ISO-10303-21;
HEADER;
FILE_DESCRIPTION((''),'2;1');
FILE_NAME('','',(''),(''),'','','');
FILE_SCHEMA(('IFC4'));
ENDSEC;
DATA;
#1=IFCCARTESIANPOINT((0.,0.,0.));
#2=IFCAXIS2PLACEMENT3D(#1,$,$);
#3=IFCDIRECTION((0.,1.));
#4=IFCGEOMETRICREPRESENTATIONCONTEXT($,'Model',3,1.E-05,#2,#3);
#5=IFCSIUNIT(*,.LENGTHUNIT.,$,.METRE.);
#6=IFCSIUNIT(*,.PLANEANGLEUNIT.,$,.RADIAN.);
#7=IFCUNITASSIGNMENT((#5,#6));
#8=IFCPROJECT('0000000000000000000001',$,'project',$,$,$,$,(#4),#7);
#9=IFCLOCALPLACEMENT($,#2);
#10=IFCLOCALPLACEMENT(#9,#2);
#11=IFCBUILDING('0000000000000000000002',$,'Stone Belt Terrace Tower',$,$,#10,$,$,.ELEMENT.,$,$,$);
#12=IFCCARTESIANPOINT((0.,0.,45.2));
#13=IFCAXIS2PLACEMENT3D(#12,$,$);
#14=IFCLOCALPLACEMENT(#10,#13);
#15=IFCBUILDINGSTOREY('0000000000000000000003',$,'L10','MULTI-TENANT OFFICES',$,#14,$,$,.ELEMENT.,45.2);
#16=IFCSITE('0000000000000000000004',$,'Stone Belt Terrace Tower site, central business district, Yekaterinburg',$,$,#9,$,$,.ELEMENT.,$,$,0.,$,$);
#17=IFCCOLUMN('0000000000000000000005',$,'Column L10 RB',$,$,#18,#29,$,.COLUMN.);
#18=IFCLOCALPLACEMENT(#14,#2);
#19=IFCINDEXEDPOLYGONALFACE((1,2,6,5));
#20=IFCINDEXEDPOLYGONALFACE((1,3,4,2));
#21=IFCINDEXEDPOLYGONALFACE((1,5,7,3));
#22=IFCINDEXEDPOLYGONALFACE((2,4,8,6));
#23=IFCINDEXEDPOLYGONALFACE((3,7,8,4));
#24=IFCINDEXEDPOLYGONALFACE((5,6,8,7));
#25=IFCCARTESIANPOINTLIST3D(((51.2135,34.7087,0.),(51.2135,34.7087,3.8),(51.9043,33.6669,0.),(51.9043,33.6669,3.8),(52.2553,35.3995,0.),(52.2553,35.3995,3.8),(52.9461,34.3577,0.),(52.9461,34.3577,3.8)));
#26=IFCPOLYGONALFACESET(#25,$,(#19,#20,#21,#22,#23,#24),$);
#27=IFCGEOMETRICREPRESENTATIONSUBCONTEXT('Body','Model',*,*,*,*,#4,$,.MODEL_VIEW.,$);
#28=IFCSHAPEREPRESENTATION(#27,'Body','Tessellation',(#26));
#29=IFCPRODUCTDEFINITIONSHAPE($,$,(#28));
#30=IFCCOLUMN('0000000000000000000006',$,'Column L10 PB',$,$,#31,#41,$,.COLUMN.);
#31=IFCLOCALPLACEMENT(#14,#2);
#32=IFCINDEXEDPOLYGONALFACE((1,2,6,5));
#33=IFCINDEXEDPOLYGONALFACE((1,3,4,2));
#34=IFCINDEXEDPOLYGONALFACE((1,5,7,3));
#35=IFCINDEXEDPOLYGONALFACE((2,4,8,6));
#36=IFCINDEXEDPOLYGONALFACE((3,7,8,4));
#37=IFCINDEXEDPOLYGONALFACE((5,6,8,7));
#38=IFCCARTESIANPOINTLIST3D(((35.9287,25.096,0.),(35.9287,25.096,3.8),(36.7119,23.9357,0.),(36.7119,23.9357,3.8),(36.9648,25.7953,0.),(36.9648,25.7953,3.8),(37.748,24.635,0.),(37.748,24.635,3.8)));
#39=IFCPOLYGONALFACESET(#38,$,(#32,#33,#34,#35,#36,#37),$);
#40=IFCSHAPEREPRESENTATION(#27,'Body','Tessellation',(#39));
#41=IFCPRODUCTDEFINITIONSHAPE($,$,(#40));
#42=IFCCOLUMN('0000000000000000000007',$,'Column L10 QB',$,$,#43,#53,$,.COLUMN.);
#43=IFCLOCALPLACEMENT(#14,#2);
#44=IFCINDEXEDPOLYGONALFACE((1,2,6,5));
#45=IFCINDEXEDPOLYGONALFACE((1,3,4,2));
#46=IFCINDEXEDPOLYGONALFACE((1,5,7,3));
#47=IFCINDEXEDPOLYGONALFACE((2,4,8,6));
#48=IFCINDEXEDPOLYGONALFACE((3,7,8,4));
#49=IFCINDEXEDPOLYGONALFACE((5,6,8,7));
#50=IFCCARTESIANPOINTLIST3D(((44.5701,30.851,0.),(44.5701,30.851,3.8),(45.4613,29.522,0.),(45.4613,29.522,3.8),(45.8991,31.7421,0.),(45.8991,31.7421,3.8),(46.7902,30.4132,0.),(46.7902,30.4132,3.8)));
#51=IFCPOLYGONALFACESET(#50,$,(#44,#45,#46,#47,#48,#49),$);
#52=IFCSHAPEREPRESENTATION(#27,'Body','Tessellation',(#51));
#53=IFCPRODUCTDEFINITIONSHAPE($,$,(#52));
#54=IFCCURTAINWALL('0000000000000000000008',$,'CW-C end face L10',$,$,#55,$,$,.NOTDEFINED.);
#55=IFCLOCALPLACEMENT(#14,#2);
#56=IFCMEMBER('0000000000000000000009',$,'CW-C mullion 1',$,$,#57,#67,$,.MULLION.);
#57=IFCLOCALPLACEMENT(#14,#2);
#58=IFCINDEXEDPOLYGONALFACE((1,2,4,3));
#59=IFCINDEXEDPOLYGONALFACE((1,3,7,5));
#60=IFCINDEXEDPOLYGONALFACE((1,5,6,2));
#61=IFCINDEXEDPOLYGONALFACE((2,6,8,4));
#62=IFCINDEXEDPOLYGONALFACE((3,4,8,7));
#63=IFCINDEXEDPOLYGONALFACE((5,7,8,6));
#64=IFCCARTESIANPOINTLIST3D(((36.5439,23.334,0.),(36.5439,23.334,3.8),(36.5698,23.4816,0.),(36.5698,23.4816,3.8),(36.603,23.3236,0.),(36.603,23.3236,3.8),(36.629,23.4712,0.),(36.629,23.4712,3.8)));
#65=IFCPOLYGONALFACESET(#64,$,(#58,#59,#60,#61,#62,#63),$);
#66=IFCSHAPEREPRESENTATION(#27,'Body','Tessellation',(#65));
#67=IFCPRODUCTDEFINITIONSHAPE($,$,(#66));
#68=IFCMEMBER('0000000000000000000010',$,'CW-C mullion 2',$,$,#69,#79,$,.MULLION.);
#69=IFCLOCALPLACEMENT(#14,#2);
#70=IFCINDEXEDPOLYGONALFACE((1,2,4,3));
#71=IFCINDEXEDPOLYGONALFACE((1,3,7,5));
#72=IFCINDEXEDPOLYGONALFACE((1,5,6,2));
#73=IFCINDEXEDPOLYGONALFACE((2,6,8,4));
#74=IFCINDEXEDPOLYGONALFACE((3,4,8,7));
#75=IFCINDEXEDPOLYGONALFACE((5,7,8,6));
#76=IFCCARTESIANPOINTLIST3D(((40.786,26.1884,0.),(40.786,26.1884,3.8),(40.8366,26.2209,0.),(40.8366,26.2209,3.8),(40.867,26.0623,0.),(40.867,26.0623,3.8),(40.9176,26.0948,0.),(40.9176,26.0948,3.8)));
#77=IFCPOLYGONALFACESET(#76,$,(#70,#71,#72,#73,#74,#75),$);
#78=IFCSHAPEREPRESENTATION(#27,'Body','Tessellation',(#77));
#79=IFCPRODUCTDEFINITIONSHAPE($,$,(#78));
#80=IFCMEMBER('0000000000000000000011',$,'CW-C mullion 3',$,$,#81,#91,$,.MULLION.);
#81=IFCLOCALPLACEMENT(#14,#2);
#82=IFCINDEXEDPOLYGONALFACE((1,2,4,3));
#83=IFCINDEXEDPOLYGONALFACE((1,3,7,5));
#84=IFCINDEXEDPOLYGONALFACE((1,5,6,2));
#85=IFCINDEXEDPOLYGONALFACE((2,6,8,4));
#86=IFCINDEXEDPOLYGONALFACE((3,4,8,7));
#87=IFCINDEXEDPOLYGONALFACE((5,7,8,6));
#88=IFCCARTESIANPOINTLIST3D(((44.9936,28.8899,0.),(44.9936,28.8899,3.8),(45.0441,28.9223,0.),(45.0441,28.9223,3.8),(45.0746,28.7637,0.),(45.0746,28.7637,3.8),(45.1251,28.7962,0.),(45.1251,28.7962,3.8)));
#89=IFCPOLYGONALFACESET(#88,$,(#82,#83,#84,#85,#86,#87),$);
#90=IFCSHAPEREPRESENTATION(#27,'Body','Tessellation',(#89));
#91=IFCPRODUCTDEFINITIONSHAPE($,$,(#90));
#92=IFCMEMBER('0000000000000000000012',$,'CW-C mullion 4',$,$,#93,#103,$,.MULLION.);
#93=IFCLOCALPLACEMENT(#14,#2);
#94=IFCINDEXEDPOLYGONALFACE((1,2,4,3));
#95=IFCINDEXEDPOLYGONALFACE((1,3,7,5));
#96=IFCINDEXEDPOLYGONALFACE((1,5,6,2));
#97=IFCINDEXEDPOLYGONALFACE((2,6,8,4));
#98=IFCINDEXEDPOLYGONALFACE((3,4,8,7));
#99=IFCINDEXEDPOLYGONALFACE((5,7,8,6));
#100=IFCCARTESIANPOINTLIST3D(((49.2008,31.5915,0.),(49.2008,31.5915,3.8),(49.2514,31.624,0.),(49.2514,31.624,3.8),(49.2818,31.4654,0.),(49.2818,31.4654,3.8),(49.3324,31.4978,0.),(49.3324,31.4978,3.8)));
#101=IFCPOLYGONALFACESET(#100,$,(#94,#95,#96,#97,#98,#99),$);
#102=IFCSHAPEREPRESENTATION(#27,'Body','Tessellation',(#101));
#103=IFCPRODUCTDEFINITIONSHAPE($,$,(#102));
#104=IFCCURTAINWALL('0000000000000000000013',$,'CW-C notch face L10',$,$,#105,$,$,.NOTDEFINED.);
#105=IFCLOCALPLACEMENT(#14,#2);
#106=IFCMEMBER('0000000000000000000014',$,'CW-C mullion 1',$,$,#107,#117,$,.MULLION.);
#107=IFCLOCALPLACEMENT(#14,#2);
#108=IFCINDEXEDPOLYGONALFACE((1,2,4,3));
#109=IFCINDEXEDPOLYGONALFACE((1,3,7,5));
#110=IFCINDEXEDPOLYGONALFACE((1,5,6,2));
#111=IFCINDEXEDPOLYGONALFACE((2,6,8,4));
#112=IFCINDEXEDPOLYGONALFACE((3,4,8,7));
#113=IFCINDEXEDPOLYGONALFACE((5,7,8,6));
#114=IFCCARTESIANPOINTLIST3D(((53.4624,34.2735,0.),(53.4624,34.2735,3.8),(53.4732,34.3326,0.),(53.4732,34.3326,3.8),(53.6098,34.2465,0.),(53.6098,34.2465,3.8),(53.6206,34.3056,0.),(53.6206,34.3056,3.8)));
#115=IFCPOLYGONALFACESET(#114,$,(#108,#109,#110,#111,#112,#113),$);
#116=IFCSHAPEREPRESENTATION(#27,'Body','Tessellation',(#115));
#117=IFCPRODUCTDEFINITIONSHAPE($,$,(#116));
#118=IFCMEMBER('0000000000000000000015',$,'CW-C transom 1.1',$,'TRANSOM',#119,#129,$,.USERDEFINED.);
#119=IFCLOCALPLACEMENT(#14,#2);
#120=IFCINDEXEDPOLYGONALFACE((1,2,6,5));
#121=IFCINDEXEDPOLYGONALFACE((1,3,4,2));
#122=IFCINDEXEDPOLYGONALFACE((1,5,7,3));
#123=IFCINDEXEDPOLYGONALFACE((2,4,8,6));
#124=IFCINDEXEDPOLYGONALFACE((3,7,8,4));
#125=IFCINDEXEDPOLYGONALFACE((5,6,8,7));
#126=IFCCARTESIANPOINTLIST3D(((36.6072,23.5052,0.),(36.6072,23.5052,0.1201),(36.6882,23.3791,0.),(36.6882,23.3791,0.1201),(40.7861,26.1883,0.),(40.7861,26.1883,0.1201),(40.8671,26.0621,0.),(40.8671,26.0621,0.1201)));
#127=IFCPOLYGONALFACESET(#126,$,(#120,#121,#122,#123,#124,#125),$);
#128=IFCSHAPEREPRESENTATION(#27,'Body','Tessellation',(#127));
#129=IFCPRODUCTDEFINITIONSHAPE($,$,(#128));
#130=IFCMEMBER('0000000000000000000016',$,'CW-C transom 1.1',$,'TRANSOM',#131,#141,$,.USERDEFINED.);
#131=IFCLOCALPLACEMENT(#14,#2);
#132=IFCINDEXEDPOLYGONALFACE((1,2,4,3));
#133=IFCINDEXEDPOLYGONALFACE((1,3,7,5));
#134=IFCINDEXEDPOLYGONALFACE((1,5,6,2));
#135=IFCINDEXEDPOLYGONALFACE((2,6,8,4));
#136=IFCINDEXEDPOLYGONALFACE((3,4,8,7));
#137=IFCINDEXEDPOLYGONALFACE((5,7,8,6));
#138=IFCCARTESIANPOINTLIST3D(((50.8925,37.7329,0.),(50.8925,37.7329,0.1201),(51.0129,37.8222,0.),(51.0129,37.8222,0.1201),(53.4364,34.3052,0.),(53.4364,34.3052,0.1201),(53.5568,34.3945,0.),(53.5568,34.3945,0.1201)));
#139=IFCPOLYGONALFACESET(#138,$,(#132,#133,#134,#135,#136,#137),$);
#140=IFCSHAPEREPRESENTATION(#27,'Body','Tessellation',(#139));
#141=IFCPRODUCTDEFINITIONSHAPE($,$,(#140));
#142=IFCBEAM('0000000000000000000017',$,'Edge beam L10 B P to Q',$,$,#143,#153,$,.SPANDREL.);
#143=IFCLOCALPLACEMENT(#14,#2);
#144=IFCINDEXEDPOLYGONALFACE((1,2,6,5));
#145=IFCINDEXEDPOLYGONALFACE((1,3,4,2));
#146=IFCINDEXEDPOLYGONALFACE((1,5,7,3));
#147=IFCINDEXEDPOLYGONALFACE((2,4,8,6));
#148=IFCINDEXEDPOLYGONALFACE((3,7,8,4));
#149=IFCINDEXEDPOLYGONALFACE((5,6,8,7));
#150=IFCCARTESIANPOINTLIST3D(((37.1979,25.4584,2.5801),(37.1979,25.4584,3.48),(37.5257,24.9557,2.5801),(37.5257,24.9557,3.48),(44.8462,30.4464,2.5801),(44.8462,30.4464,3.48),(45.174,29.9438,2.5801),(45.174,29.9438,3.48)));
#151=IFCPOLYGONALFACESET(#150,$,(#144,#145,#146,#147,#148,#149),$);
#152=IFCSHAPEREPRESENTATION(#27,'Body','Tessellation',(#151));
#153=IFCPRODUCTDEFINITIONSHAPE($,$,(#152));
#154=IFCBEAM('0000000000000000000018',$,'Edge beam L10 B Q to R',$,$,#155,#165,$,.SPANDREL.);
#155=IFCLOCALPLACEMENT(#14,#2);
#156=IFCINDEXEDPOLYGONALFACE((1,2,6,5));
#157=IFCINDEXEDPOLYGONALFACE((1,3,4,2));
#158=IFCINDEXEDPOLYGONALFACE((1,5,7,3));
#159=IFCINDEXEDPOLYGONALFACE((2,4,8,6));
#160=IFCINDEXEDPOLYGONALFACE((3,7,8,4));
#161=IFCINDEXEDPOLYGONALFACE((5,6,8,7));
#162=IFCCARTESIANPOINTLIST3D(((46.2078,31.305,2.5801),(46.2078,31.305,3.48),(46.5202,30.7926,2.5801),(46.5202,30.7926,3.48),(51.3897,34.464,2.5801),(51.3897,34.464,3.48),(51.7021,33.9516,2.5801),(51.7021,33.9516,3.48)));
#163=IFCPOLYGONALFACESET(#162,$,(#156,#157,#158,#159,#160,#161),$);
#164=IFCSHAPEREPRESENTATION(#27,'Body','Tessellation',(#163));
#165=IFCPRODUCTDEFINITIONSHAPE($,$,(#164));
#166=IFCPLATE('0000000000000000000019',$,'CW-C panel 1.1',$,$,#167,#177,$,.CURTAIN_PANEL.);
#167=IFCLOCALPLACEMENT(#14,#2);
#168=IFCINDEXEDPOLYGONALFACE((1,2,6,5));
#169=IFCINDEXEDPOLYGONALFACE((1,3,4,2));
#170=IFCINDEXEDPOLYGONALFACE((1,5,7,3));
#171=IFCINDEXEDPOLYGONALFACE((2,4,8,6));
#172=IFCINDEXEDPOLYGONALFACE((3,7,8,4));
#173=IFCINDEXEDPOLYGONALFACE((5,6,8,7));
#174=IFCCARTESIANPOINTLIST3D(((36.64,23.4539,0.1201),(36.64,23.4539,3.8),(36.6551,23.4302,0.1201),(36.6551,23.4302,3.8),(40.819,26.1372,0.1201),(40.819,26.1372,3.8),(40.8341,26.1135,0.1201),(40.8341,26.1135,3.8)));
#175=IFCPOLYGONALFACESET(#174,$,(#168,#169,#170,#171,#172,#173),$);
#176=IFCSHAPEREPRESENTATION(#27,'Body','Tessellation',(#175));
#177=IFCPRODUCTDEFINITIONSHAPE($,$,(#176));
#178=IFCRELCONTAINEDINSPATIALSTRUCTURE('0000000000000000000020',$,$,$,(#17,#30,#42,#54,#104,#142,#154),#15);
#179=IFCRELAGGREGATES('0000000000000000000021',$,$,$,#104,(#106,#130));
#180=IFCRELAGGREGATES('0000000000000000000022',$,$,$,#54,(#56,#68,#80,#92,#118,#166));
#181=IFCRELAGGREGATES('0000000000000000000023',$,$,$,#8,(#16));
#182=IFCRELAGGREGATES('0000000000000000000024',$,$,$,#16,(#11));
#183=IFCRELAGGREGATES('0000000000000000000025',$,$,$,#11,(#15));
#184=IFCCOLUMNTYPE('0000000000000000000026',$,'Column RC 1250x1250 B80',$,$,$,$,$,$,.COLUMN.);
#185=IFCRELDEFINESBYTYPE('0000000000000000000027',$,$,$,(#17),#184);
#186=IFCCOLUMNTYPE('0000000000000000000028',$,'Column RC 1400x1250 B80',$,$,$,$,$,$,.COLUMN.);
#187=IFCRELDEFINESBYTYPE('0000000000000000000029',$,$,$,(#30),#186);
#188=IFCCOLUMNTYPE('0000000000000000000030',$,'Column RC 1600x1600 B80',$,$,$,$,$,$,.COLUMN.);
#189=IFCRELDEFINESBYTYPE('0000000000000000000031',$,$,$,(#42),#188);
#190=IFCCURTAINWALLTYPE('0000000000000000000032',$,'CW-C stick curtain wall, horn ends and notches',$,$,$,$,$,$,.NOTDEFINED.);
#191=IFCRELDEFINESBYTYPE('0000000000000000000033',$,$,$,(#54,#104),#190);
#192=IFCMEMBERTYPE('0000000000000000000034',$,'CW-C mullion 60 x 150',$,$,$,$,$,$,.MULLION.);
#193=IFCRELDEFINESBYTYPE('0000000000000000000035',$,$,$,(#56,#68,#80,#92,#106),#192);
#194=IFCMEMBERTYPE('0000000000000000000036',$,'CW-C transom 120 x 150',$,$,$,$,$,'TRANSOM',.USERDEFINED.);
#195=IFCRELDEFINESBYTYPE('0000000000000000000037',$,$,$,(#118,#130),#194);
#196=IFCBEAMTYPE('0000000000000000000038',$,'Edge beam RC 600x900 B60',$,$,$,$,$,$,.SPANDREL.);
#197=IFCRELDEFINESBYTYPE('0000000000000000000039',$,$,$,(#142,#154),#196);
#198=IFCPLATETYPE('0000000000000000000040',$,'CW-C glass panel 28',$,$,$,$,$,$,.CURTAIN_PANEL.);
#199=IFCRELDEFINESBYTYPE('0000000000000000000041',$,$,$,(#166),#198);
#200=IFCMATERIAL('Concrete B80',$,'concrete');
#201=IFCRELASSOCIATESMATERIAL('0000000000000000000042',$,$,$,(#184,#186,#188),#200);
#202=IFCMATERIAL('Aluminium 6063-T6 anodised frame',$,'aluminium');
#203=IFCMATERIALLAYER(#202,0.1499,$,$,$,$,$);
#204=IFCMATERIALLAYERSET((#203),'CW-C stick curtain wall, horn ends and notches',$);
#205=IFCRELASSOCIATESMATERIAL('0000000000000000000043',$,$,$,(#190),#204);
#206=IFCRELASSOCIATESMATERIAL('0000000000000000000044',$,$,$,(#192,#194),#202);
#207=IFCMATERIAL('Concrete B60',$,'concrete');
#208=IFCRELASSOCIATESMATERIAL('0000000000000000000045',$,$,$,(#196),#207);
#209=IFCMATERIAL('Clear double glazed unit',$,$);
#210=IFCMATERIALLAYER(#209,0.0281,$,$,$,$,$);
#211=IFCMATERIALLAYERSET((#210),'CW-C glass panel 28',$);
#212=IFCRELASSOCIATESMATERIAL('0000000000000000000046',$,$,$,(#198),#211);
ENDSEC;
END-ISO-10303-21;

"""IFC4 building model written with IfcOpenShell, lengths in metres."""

from ifc_helpers import new_model, si_unit, direction, frame, origin, origin_2d, place, context, subcontext, project, spatial, rectangle, extrude, material, layer, layer_set, material_profile, profile_set, type_object, element, aggregate, save


model = new_model("IFC4")

# Units and contexts
model_context = context("Model", 3, precision=1e-05, world=origin(), true_north=direction((0.0, 1.0)))
body_context = subcontext(model_context, "Body", "Model", "MODEL_VIEW")
ifc_project = project(units=[si_unit("LENGTHUNIT", "METRE"), si_unit("PLANEANGLEUNIT", "RADIAN")], contexts=[model_context])

# Site, building, storey
site_placement = place(None, origin())
site = spatial("IfcSite", under=ifc_project, at=site_placement, Name="Stone Belt Terrace Tower site, central business district, Yekaterinburg", CompositionType="ELEMENT", RefElevation=0.0)
building_placement = place(site_placement, origin())
building = spatial("IfcBuilding", under=site, at=building_placement, Name="Stone Belt Terrace Tower", CompositionType="ELEMENT")
storey_placement = place(building_placement, frame((0.0, 0.0, 45.2)))
storey = spatial("IfcBuildingStorey", under=building, at=storey_placement, Name="L10", Description="MULTI-TENANT OFFICES", CompositionType="ELEMENT", Elevation=45.2)

# Columns
ifc_material_1 = material(Name="Concrete B80", Category="concrete")
ifc_material_profile_1 = material_profile(ifc_material_1, rectangle(XDim=1.25, YDim=1.25, at=origin_2d()), Name="RC 1250x1250")
ifc_profile_set_1 = profile_set([ifc_material_profile_1], Name="Concrete B80")
column_type_1 = type_object("IfcColumnType", Name="Column RC 1250x1250 B80", PredefinedType="COLUMN", material=ifc_profile_set_1)
column_1_placement = place(storey_placement, frame((52.0798, 34.5332, 0.0), z_axis=(0.0, 0.0, 1.0), x_axis=(0.552632, -0.833425, 0.0)))
element("IfcColumn", 1, at=column_1_placement, inside=storey, type_object=column_type_1, Name="Column L10 RB", PredefinedType="COLUMN", context=body_context, shape_type="SweptSolid", body=[
    extrude(rectangle(XDim=1.25, YDim=1.25, at=origin_2d()), origin(), (0.0, 0.0, 1.0), 3.8),
])
ifc_material_profile_2 = material_profile(ifc_material_1, rectangle(XDim=1.3999, YDim=1.25, at=origin_2d()), Name="RC 1400x1250")
ifc_profile_set_2 = profile_set([ifc_material_profile_2], Name="Concrete B80")
column_type_2 = type_object("IfcColumnType", Name="Column RC 1400x1250 B80", PredefinedType="COLUMN", material=ifc_profile_set_2)
column_2_placement = place(storey_placement, frame((36.8384, 24.8655, 0.0), z_axis=(0.0, 0.0, 1.0), x_axis=(0.559469, -0.828851, 0.0)))
element("IfcColumn", 2, at=column_2_placement, inside=storey, type_object=column_type_2, Name="Column L10 PB", PredefinedType="COLUMN", context=body_context, shape_type="SweptSolid", body=[
    extrude(rectangle(XDim=1.3999, YDim=1.25, at=origin_2d()), origin(), (0.0, 0.0, 1.0), 3.8),
])
ifc_material_profile_3 = material_profile(ifc_material_1, rectangle(XDim=1.6001, YDim=1.6001, at=origin_2d()), Name="RC 1600x1600")
ifc_profile_set_3 = profile_set([ifc_material_profile_3], Name="Concrete B80")
column_type_3 = type_object("IfcColumnType", Name="Column RC 1600x1600 B80", PredefinedType="COLUMN", material=ifc_profile_set_3)
column_3_placement = place(storey_placement, frame((45.6802, 30.6321, 0.0), z_axis=(0.0, 0.0, 1.0), x_axis=(0.556947, -0.830548, 0.0)))
element("IfcColumn", 3, at=column_3_placement, inside=storey, type_object=column_type_3, Name="Column L10 QB", PredefinedType="COLUMN", context=body_context, shape_type="SweptSolid", body=[
    extrude(rectangle(XDim=1.6001, YDim=1.6001, at=origin_2d()), origin(), (0.0, 0.0, 1.0), 3.8),
])

# Curtain wall, members
ifc_material_2 = material(Name="Aluminium 6063-T6 anodised frame", Category="aluminium")
ifc_layer_1 = layer(ifc_material_2, 0.1499)
ifc_layer_set_1 = layer_set([ifc_layer_1], Name="CW-C stick curtain wall, horn ends and notches")
curtain_wall_type = type_object("IfcCurtainWallType", Name="CW-C stick curtain wall, horn ends and notches", PredefinedType="NOTDEFINED", material=ifc_layer_set_1)
curtain_wall_1_placement = place(storey_placement, origin())
curtain_wall_1 = element("IfcCurtainWall", 4, at=curtain_wall_1_placement, inside=storey, type_object=curtain_wall_type, Name="CW-C end face L10", PredefinedType="NOTDEFINED")
ifc_material_profile_4 = material_profile(ifc_material_2, rectangle(XDim=0.1499, YDim=0.0601, at=origin_2d()), Name="Aluminium 6063-T6 60x150")
ifc_profile_set_4 = profile_set([ifc_material_profile_4], Name="Aluminium 6063-T6 anodised frame")
member_type_1 = type_object("IfcMemberType", Name="CW-C mullion 60 x 150", PredefinedType="MULLION", material=ifc_profile_set_4)
member_1_placement = place(storey_placement, frame((36.5864, 23.4026, 0.0), z_axis=(0.0, 0.0, 1.0), x_axis=(0.173164, 0.984893, 0.0)))
member_1 = element("IfcMember", 5, at=member_1_placement, type_object=member_type_1, Name="CW-C mullion 1", PredefinedType="MULLION", context=body_context, shape_type="SweptSolid", body=[
    extrude(rectangle(XDim=0.1499, YDim=0.0601, at=origin_2d()), origin(), (0.0, 0.0, 1.0), 3.8),
])
member_2_placement = place(storey_placement, frame((40.8518, 26.1416, 0.0), z_axis=(0.0, 0.0, 1.0), x_axis=(-0.540302, 0.841471, 0.0)))
member_2 = element("IfcMember", 6, at=member_2_placement, type_object=member_type_1, Name="CW-C mullion 2", PredefinedType="MULLION", context=body_context, shape_type="SweptSolid", body=[
    extrude(rectangle(XDim=0.1499, YDim=0.0601, at=origin_2d()), origin(), (0.0, 0.0, 1.0), 3.8),
])
member_3_placement = place(storey_placement, frame((45.0593, 28.843, 0.0), z_axis=(0.0, 0.0, 1.0), x_axis=(-0.540302, 0.841471, 0.0)))
member_3 = element("IfcMember", 7, at=member_3_placement, type_object=member_type_1, Name="CW-C mullion 3", PredefinedType="MULLION", context=body_context, shape_type="SweptSolid", body=[
    extrude(rectangle(XDim=0.1499, YDim=0.0601, at=origin_2d()), origin(), (0.0, 0.0, 1.0), 3.8),
])
member_4_placement = place(storey_placement, frame((49.2666, 31.5447, 0.0), z_axis=(0.0, 0.0, 1.0), x_axis=(-0.540302, 0.841471, 0.0)))
member_4 = element("IfcMember", 8, at=member_4_placement, type_object=member_type_1, Name="CW-C mullion 4", PredefinedType="MULLION", context=body_context, shape_type="SweptSolid", body=[
    extrude(rectangle(XDim=0.1499, YDim=0.0601, at=origin_2d()), origin(), (0.0, 0.0, 1.0), 3.8),
])

# Curtain wall, member
curtain_wall_2_placement = place(storey_placement, origin())
curtain_wall_2 = element("IfcCurtainWall", 9, at=curtain_wall_2_placement, inside=storey, type_object=curtain_wall_type, Name="CW-C notch face L10", PredefinedType="NOTDEFINED")
member_5_placement = place(storey_placement, frame((53.5415, 34.2896, 0.0), z_axis=(0.0, 0.0, 1.0), x_axis=(-0.983706, 0.179784, 0.0)))
member_5 = element("IfcMember", 10, at=member_5_placement, type_object=member_type_1, Name="CW-C mullion 1", PredefinedType="MULLION", context=body_context, shape_type="SweptSolid", body=[
    extrude(rectangle(XDim=0.1499, YDim=0.0601, at=origin_2d()), origin(), (0.0, 0.0, 1.0), 3.8),
])

# Members
ifc_material_profile_5 = material_profile(ifc_material_2, rectangle(XDim=0.1499, YDim=0.1201, at=origin_2d()), Name="Aluminium 6063-T6 150x120")
ifc_profile_set_5 = profile_set([ifc_material_profile_5], Name="Aluminium 6063-T6 anodised frame")
member_type_2 = type_object("IfcMemberType", Name="CW-C transom 120 x 150", ElementType="TRANSOM", PredefinedType="USERDEFINED", material=ifc_profile_set_5)
member_6_placement = place(storey_placement, frame((36.6477, 23.4421, 0.0601), z_axis=(0.841487, 0.540278, 0.0), x_axis=(-0.540278, 0.841487, 0.0)))
member_6 = element("IfcMember", 11, at=member_6_placement, type_object=member_type_2, Name="CW-C transom 1.1", ObjectType="TRANSOM", PredefinedType="USERDEFINED", context=body_context, shape_type="SweptSolid", body=[
    extrude(rectangle(XDim=0.1499, YDim=0.1201, at=origin_2d()), origin(), (0.0, 0.0, 1.0), 4.9661),
])
member_7_placement = place(storey_placement, frame((53.4966, 34.3499, 0.0601), z_axis=(-0.595966, 0.80301, 0.0), x_axis=(-0.80301, -0.595966, 0.0)))
member_7 = element("IfcMember", 12, at=member_7_placement, type_object=member_type_2, Name="CW-C transom 1.1", ObjectType="TRANSOM", PredefinedType="USERDEFINED", context=body_context, shape_type="SweptSolid", body=[
    extrude(rectangle(XDim=0.1499, YDim=0.1201, at=origin_2d()), origin(), (0.0, 0.0, 1.0), 4.2686),
])
aggregate(curtain_wall_2, [member_5, member_7])

# Beams
ifc_material_3 = material(Name="Concrete B60", Category="concrete")
ifc_material_profile_6 = material_profile(ifc_material_3, rectangle(XDim=0.6001, YDim=0.8999, at=origin_2d()), Name="RC 600x900")
ifc_profile_set_6 = profile_set([ifc_material_profile_6], Name="Concrete B60")
beam_type = type_object("IfcBeamType", Name="Edge beam RC 600x900 B60", PredefinedType="SPANDREL", material=ifc_profile_set_6)
beam_1_placement = place(storey_placement, frame((37.3618, 25.207, 3.03), z_axis=(0.837606, 0.546274, 0.0), x_axis=(-0.546274, 0.837606, 0.0)))
element("IfcBeam", 13, at=beam_1_placement, inside=storey, type_object=beam_type, Name="Edge beam L10 B P to Q", PredefinedType="SPANDREL", context=body_context, shape_type="SweptSolid", body=[
    extrude(rectangle(XDim=0.6001, YDim=0.8999, at=origin_2d()), origin(), (0.0, 0.0, 1.0), 9.1311),
])
beam_2_placement = place(storey_placement, frame((46.364, 31.0488, 3.03), z_axis=(0.853851, 0.520517, 0.0), x_axis=(-0.520517, 0.853851, 0.0)))
element("IfcBeam", 14, at=beam_2_placement, inside=storey, type_object=beam_type, Name="Edge beam L10 B Q to R", PredefinedType="SPANDREL", context=body_context, shape_type="SweptSolid", body=[
    extrude(rectangle(XDim=0.6001, YDim=0.8999, at=origin_2d()), origin(), (0.0, 0.0, 1.0), 6.0688),
])

# Plate
ifc_material_4 = material(Name="Clear double glazed unit")
ifc_layer_2 = layer(ifc_material_4, 0.0281)
ifc_layer_set_2 = layer_set([ifc_layer_2], Name="CW-C glass panel 28")
plate_type = type_object("IfcPlateType", Name="CW-C glass panel 28", PredefinedType="CURTAIN_PANEL", material=ifc_layer_set_2)
plate_1_placement = place(storey_placement, frame((38.7371, 24.7837, 0.1201), z_axis=(0.0, 0.0, 1.0), x_axis=(0.841471, 0.540302, 0.0)))
plate_1 = element("IfcPlate", 15, at=plate_1_placement, type_object=plate_type, Name="CW-C panel 1.1", PredefinedType="CURTAIN_PANEL", context=body_context, shape_type="SweptSolid", body=[
    extrude(rectangle(XDim=4.9663, YDim=0.0281, at=origin_2d()), origin(), (0.0, 0.0, 1.0), 3.6799),
])
aggregate(curtain_wall_1, [member_1, member_2, member_3, member_4, member_6, plate_1])

save(model, "model.ifc")
